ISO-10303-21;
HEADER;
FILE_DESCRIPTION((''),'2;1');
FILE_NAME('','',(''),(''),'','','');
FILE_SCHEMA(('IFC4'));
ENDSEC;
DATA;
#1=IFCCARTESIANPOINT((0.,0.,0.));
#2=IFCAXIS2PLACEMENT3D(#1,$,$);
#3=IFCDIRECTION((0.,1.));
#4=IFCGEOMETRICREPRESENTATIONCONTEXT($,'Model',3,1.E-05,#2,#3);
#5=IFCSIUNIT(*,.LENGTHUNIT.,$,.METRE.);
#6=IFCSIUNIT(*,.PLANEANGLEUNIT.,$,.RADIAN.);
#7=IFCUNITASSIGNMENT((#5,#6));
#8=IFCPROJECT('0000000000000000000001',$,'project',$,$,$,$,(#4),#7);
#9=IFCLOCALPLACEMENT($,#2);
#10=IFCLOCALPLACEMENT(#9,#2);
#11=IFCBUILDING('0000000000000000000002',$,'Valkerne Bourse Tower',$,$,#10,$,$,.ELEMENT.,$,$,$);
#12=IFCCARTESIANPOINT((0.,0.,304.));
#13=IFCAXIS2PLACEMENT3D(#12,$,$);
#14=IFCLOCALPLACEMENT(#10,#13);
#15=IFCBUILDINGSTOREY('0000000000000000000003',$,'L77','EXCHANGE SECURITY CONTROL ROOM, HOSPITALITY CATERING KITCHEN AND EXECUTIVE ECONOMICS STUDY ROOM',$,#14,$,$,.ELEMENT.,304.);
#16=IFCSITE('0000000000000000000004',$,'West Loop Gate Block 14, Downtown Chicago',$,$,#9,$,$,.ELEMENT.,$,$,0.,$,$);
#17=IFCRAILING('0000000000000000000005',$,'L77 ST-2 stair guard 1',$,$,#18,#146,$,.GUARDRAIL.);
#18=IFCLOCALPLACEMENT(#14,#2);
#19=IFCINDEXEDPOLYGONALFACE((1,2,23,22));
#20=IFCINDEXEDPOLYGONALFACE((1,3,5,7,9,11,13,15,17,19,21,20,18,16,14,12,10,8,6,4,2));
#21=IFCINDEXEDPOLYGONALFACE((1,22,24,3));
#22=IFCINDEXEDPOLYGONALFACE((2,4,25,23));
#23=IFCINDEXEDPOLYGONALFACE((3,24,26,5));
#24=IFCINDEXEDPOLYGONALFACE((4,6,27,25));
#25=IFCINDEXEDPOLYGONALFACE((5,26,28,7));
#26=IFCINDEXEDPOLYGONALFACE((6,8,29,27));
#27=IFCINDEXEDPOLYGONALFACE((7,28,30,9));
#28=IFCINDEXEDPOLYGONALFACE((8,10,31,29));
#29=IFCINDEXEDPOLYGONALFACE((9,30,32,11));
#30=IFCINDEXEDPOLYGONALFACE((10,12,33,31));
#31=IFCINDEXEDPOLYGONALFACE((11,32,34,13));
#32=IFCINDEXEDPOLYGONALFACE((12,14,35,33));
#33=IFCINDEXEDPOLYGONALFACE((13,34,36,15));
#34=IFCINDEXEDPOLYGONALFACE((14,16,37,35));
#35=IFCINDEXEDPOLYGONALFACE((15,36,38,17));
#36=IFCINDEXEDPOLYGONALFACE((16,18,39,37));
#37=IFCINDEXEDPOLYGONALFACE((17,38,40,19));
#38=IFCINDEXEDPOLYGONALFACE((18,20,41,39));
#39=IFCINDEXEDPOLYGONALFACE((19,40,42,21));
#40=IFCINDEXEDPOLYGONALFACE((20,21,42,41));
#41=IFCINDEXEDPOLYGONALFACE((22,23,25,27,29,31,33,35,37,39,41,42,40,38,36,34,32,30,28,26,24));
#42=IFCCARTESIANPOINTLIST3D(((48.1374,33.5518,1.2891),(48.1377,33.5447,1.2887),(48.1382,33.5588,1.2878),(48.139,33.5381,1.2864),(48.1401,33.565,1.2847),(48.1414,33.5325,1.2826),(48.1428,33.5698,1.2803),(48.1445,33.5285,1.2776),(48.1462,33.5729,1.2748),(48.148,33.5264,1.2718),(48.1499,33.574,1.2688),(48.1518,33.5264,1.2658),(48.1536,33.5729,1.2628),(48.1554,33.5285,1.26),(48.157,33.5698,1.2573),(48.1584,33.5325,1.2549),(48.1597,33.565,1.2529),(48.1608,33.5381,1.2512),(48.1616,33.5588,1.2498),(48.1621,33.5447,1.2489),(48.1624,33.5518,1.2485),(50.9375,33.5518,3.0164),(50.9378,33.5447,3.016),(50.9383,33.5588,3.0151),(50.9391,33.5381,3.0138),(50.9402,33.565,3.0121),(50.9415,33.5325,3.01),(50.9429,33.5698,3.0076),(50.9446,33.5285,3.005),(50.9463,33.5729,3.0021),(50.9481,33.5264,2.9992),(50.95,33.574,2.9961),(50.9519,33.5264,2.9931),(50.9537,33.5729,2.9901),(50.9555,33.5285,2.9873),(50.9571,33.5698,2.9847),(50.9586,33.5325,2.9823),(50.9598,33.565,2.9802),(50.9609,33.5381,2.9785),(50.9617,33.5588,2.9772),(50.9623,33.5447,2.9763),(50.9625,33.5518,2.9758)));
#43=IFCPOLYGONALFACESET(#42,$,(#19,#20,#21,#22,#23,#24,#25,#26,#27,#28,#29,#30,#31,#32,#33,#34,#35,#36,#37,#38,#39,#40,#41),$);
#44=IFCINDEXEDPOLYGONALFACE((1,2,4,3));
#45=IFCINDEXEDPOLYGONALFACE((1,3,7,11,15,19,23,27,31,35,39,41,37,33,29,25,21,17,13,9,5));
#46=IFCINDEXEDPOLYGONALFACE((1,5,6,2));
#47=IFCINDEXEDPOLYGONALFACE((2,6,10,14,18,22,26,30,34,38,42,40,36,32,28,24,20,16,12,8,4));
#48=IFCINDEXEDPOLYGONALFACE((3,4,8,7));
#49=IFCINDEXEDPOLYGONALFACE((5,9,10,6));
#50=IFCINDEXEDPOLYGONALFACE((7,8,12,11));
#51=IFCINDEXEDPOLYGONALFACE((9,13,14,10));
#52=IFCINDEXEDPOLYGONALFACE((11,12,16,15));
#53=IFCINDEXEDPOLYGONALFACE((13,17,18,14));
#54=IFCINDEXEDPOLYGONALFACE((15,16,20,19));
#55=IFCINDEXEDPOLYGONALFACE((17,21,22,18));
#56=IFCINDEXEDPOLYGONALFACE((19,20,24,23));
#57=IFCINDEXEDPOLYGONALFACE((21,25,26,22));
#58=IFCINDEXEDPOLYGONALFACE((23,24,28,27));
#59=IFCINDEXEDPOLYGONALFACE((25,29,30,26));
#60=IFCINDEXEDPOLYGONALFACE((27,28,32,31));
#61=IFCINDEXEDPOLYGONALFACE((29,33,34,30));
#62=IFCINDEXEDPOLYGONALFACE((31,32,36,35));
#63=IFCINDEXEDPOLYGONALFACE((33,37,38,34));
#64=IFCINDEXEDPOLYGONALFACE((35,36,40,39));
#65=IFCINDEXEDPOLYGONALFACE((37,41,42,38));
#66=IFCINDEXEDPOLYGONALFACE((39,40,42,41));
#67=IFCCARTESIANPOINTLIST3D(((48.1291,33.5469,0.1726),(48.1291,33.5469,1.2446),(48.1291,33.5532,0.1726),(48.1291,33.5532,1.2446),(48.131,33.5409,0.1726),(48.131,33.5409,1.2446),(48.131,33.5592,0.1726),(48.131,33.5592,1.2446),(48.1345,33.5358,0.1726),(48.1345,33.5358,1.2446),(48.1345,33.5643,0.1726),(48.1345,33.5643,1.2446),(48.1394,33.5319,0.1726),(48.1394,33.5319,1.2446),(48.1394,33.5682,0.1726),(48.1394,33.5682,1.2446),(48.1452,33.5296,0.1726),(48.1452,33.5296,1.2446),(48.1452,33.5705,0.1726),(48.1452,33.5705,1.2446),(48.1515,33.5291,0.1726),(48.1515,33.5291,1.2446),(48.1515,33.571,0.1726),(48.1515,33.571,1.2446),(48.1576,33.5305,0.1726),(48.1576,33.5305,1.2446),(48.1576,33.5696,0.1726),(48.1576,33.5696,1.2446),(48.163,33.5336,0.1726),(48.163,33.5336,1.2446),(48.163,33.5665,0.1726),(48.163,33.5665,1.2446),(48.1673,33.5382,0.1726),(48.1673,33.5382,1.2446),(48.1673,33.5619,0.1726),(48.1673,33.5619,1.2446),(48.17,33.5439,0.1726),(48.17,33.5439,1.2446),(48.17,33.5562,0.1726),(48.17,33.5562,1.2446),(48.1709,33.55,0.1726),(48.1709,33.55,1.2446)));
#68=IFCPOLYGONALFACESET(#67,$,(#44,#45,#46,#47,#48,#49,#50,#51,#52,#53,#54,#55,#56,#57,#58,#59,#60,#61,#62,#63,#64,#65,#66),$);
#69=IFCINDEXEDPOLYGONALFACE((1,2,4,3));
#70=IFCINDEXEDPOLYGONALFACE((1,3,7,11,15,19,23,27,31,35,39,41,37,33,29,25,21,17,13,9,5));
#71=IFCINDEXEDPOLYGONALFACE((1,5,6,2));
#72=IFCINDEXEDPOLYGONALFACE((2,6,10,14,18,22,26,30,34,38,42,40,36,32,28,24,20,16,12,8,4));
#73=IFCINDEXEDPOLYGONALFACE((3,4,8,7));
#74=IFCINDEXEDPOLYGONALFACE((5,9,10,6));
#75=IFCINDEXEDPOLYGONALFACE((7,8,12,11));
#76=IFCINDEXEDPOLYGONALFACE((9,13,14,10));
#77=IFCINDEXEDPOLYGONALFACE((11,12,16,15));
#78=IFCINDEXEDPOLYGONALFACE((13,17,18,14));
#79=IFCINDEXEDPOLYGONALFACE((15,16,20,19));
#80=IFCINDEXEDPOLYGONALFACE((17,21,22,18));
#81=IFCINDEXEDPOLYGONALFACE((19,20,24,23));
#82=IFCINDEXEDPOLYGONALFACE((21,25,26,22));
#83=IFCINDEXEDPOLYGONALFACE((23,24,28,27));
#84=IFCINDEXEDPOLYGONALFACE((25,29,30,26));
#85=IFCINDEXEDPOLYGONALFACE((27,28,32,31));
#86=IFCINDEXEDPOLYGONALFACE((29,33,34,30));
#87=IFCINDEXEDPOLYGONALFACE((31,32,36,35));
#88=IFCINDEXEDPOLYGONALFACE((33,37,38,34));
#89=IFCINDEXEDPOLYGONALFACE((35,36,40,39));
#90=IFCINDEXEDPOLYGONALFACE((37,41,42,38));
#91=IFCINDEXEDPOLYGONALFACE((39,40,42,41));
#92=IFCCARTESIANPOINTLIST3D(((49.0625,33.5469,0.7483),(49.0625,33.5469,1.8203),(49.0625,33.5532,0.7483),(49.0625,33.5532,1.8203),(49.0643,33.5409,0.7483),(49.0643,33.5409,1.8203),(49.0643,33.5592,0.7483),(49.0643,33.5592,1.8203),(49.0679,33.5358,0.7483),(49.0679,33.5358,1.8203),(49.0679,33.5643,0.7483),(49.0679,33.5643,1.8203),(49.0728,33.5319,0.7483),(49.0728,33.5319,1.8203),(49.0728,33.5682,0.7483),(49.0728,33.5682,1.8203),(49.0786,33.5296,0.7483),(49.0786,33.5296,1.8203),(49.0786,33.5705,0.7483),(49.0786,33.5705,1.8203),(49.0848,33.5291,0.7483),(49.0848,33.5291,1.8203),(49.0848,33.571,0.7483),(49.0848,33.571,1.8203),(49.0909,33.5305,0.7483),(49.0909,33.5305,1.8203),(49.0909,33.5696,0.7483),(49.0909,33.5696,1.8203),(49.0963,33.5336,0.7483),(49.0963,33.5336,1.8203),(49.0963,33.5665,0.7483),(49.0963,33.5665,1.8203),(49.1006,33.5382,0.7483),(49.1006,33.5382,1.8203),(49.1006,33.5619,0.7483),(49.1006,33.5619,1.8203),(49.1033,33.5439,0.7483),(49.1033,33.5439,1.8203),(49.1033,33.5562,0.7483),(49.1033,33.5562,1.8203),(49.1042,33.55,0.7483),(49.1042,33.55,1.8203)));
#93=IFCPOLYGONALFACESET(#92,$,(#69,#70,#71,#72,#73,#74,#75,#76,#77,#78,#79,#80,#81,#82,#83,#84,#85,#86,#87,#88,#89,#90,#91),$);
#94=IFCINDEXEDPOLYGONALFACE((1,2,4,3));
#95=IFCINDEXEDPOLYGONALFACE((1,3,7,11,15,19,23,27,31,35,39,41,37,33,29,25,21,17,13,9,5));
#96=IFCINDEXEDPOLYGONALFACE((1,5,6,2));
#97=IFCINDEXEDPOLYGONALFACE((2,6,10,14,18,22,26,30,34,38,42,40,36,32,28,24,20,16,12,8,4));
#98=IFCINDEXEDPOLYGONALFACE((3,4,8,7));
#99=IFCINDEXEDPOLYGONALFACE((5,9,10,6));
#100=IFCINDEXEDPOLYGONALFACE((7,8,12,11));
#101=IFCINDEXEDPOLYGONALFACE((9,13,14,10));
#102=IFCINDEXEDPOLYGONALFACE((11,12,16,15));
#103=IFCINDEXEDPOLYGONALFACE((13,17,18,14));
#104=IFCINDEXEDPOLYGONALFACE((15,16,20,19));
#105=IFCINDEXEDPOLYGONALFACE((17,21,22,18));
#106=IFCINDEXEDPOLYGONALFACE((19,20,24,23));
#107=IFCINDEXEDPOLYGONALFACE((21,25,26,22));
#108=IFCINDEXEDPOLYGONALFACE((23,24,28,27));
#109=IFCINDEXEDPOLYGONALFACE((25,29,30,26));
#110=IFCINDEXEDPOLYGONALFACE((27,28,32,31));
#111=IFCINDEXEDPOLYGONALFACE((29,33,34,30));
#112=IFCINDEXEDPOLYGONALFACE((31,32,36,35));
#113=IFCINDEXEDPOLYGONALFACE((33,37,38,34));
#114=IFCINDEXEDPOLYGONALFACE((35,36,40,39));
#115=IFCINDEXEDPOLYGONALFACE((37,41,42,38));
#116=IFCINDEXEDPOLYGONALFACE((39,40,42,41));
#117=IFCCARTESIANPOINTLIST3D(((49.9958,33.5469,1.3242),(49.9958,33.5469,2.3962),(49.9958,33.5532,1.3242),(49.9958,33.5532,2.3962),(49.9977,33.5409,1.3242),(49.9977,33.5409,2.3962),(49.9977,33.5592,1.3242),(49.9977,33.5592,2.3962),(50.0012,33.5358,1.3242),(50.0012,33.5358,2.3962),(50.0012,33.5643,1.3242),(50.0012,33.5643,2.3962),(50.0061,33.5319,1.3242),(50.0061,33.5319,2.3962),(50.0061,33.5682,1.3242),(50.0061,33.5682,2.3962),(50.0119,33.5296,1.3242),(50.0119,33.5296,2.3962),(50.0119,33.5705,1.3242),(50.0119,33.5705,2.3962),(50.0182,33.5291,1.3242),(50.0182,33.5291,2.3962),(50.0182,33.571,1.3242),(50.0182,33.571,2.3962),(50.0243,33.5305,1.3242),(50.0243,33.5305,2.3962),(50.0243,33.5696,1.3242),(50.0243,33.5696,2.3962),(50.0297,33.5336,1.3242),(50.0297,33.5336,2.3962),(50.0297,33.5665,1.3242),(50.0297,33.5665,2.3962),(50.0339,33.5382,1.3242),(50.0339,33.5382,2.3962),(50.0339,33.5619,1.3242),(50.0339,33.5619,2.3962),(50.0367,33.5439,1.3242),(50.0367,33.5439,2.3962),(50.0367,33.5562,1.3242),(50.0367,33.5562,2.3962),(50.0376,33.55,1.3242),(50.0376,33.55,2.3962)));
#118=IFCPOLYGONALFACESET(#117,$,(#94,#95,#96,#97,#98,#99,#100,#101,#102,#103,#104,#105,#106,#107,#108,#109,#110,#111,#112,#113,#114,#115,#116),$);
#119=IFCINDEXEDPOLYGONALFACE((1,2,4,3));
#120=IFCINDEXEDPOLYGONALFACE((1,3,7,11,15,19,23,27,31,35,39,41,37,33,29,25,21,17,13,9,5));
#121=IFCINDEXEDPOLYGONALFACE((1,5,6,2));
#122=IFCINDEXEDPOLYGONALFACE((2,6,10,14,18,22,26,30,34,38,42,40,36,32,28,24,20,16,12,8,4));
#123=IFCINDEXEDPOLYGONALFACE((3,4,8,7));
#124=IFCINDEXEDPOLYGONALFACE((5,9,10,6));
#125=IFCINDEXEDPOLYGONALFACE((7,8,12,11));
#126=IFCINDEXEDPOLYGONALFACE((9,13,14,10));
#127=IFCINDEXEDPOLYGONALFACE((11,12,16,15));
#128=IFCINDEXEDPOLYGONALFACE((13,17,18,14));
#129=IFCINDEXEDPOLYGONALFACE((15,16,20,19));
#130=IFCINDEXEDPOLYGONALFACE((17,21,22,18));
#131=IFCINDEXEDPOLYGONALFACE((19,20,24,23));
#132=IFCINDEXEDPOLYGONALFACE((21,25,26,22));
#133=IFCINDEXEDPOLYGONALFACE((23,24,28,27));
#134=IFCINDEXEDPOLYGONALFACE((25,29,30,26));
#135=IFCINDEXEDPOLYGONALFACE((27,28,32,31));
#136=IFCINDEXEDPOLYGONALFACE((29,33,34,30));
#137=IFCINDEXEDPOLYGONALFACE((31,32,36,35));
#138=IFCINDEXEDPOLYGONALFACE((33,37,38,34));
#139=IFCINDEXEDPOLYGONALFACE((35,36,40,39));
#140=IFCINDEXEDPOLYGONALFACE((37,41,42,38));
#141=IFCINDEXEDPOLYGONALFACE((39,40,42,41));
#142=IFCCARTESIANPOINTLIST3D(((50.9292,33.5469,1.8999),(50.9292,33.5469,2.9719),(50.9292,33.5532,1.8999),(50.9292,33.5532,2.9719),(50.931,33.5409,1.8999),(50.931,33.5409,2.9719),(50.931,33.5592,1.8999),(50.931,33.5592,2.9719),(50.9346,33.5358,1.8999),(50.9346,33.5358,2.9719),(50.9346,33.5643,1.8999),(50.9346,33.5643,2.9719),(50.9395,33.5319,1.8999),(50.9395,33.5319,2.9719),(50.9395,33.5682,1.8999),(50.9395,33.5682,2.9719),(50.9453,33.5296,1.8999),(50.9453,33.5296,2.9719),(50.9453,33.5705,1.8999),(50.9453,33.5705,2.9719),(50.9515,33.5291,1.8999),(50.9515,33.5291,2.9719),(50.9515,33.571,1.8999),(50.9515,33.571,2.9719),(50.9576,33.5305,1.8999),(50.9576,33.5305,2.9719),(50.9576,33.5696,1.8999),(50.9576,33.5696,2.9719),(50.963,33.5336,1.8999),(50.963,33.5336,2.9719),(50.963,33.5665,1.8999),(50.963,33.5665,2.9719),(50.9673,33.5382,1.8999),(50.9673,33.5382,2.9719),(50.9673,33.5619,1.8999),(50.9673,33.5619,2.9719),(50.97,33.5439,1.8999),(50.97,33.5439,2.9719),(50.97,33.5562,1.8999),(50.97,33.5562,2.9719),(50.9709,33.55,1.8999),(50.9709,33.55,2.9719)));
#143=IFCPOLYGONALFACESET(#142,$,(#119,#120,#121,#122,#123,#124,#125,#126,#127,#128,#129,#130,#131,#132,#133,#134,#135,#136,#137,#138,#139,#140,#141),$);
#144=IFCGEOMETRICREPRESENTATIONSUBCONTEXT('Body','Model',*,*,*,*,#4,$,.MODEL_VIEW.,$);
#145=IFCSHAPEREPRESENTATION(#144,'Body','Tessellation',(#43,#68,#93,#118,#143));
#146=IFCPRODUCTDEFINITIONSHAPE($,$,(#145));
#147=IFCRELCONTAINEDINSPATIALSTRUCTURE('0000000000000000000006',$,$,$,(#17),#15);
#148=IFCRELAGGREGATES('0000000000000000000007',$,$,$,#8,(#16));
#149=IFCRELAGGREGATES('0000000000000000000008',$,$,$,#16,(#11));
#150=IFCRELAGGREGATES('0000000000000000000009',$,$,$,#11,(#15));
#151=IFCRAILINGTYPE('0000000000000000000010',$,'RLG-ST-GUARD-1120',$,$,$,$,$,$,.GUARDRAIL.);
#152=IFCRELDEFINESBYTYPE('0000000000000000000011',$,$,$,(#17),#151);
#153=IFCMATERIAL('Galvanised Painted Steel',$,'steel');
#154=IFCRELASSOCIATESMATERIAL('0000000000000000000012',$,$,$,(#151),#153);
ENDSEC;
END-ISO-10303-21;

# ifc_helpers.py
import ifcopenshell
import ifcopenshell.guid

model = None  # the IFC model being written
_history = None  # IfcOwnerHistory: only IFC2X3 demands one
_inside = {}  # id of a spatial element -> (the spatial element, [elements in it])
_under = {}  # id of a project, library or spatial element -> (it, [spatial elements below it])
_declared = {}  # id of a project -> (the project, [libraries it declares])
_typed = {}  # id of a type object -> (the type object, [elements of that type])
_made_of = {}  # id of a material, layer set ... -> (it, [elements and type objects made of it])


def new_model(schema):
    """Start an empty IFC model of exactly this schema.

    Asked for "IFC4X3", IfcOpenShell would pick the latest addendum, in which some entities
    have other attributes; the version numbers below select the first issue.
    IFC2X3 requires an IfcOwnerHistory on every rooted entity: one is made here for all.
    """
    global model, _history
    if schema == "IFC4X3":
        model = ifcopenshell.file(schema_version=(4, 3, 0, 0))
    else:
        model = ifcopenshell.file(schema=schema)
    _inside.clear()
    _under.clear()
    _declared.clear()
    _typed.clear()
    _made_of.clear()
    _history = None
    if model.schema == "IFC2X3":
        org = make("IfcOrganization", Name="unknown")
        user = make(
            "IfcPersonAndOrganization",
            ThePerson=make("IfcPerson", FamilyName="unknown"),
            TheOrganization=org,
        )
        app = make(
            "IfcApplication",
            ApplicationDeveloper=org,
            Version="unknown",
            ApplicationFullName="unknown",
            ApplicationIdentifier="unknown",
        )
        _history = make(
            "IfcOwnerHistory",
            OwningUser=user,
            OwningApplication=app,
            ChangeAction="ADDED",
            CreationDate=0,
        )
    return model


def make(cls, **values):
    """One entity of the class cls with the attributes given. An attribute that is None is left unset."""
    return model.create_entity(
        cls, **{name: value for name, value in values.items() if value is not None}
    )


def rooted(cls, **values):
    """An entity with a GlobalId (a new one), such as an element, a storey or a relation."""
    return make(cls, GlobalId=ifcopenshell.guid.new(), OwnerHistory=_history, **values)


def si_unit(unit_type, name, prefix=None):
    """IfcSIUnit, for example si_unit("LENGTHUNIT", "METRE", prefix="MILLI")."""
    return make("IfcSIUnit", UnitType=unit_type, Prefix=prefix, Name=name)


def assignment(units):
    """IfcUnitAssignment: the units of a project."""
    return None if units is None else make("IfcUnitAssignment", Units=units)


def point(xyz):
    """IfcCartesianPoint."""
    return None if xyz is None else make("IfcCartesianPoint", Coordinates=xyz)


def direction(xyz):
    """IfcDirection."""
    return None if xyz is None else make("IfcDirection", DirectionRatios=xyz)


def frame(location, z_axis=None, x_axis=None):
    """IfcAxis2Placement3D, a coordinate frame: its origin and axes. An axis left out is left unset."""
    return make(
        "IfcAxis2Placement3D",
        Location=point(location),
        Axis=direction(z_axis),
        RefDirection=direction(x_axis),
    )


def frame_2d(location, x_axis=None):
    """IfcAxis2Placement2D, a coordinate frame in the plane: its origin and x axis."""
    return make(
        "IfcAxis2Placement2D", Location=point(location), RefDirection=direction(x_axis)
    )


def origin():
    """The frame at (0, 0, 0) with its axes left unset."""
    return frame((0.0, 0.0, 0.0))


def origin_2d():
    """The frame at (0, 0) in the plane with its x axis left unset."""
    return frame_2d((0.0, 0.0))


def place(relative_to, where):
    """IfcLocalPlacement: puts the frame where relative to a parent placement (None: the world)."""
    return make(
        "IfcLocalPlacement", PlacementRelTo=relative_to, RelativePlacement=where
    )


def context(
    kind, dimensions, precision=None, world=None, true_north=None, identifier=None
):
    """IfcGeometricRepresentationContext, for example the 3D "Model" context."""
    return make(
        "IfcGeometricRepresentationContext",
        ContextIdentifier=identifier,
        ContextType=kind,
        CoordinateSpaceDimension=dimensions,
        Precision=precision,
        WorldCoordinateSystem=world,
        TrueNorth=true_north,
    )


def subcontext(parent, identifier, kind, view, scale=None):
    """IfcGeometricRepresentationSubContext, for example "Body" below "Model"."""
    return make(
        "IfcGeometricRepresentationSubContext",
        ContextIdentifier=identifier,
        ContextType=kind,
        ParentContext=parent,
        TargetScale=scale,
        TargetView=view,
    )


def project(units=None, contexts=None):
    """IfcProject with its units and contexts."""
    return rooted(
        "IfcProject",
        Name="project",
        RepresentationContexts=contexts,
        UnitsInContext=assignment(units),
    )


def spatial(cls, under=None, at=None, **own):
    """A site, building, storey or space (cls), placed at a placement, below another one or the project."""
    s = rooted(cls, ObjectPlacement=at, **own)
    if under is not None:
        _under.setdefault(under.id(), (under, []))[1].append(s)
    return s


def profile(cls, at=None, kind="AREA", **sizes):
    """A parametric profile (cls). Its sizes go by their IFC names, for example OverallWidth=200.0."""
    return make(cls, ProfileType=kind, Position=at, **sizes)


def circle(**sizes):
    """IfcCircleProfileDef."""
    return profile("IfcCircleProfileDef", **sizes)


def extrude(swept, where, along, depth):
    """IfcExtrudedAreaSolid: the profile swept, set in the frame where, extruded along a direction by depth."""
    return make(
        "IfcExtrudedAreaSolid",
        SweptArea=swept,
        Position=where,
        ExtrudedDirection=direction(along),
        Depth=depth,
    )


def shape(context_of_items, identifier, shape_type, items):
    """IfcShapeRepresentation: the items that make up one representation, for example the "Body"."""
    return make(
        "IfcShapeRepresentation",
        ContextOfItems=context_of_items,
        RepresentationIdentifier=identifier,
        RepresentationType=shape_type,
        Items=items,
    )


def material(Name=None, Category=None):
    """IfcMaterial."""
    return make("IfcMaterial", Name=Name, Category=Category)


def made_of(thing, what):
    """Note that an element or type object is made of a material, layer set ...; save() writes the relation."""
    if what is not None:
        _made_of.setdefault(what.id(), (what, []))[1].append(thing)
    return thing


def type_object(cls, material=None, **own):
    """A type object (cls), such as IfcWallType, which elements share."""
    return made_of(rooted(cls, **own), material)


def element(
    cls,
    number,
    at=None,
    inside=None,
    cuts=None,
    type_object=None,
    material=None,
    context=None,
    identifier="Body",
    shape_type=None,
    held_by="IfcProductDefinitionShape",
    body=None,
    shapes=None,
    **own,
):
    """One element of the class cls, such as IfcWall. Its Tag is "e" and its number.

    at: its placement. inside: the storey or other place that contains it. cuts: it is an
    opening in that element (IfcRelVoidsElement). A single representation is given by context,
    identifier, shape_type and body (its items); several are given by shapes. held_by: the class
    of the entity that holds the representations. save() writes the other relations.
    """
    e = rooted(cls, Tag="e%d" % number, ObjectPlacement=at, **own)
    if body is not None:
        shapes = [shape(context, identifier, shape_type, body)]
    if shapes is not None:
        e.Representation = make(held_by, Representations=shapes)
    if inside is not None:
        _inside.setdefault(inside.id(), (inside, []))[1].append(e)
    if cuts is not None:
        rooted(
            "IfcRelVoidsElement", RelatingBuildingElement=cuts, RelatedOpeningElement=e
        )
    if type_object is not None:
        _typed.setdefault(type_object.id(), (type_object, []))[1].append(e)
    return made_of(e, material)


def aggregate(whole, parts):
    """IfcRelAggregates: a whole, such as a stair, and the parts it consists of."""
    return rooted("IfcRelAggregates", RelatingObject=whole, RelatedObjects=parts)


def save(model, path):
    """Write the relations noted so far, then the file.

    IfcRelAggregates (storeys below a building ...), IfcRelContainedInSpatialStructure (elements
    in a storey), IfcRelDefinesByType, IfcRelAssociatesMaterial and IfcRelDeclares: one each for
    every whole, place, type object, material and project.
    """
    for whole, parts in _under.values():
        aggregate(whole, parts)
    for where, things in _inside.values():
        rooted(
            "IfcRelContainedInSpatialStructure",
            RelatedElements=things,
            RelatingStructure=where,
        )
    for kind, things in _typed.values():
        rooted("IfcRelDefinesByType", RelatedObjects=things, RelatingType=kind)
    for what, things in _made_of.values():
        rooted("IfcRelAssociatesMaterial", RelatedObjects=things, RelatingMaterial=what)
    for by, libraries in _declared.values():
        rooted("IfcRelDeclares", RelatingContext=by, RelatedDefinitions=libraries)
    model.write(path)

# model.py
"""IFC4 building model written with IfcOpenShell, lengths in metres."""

from ifc_helpers import new_model, si_unit, direction, frame, origin, origin_2d, place, context, subcontext, project, spatial, circle, extrude, material, type_object, element, save


model = new_model("IFC4")

# Units and contexts
model_context = context("Model", 3, precision=1e-05, world=origin(), true_north=direction((0.0, 1.0)))
body_context = subcontext(model_context, "Body", "Model", "MODEL_VIEW")
ifc_project = project(units=[si_unit("LENGTHUNIT", "METRE"), si_unit("PLANEANGLEUNIT", "RADIAN")], contexts=[model_context])

# Site, building, storey
site_placement = place(None, origin())
site = spatial("IfcSite", under=ifc_project, at=site_placement, Name="West Loop Gate Block 14, Downtown Chicago", CompositionType="ELEMENT", RefElevation=0.0)
building_placement = place(site_placement, origin())
building = spatial("IfcBuilding", under=site, at=building_placement, Name="Valkerne Bourse Tower", CompositionType="ELEMENT")
storey_placement = place(building_placement, frame((0.0, 0.0, 304.0)))
storey = spatial("IfcBuildingStorey", under=building, at=storey_placement, Name="L77", Description="EXCHANGE SECURITY CONTROL ROOM, HOSPITALITY CATERING KITCHEN AND EXECUTIVE ECONOMICS STUDY ROOM", CompositionType="ELEMENT", Elevation=304.0)

# Shared definitions
ifc_material_1 = material(Name="Galvanised Painted Steel", Category="steel")

# Railing
railing_type_1 = type_object("IfcRailingType", Name="RLG-ST-GUARD-1120", PredefinedType="GUARDRAIL", material=ifc_material_1)
railing_1_placement = place(storey_placement, frame((48.1499, 33.55, 0.1726)))
element("IfcRailing", 1, at=railing_1_placement, inside=storey, type_object=railing_type_1, Name="L77 ST-2 stair guard 1", PredefinedType="GUARDRAIL", context=body_context, shape_type="SweptSolid", body=[
    extrude(circle(Radius=0.0239, at=origin_2d()), frame((0.0, 0.0, 1.0962), z_axis=(0.85109, 0.0, 0.52502), x_axis=(0.0, 1.0, 0.0)), (0.0, 0.0, 1.0), 3.29),
    extrude(circle(Radius=0.021, at=origin_2d()), origin(), (0.0, 0.0, 1.0), 1.072),
    extrude(circle(Radius=0.021, at=origin_2d()), frame((0.9333, 0.0, 0.5757)), (0.0, 0.0, 1.0), 1.072),
    extrude(circle(Radius=0.021, at=origin_2d()), frame((1.8667, 0.0, 1.1516)), (0.0, 0.0, 1.0), 1.072),
    extrude(circle(Radius=0.021, at=origin_2d()), frame((2.8, 0.0, 1.7273)), (0.0, 0.0, 1.0), 1.072),
])

save(model, "model.ifc")
